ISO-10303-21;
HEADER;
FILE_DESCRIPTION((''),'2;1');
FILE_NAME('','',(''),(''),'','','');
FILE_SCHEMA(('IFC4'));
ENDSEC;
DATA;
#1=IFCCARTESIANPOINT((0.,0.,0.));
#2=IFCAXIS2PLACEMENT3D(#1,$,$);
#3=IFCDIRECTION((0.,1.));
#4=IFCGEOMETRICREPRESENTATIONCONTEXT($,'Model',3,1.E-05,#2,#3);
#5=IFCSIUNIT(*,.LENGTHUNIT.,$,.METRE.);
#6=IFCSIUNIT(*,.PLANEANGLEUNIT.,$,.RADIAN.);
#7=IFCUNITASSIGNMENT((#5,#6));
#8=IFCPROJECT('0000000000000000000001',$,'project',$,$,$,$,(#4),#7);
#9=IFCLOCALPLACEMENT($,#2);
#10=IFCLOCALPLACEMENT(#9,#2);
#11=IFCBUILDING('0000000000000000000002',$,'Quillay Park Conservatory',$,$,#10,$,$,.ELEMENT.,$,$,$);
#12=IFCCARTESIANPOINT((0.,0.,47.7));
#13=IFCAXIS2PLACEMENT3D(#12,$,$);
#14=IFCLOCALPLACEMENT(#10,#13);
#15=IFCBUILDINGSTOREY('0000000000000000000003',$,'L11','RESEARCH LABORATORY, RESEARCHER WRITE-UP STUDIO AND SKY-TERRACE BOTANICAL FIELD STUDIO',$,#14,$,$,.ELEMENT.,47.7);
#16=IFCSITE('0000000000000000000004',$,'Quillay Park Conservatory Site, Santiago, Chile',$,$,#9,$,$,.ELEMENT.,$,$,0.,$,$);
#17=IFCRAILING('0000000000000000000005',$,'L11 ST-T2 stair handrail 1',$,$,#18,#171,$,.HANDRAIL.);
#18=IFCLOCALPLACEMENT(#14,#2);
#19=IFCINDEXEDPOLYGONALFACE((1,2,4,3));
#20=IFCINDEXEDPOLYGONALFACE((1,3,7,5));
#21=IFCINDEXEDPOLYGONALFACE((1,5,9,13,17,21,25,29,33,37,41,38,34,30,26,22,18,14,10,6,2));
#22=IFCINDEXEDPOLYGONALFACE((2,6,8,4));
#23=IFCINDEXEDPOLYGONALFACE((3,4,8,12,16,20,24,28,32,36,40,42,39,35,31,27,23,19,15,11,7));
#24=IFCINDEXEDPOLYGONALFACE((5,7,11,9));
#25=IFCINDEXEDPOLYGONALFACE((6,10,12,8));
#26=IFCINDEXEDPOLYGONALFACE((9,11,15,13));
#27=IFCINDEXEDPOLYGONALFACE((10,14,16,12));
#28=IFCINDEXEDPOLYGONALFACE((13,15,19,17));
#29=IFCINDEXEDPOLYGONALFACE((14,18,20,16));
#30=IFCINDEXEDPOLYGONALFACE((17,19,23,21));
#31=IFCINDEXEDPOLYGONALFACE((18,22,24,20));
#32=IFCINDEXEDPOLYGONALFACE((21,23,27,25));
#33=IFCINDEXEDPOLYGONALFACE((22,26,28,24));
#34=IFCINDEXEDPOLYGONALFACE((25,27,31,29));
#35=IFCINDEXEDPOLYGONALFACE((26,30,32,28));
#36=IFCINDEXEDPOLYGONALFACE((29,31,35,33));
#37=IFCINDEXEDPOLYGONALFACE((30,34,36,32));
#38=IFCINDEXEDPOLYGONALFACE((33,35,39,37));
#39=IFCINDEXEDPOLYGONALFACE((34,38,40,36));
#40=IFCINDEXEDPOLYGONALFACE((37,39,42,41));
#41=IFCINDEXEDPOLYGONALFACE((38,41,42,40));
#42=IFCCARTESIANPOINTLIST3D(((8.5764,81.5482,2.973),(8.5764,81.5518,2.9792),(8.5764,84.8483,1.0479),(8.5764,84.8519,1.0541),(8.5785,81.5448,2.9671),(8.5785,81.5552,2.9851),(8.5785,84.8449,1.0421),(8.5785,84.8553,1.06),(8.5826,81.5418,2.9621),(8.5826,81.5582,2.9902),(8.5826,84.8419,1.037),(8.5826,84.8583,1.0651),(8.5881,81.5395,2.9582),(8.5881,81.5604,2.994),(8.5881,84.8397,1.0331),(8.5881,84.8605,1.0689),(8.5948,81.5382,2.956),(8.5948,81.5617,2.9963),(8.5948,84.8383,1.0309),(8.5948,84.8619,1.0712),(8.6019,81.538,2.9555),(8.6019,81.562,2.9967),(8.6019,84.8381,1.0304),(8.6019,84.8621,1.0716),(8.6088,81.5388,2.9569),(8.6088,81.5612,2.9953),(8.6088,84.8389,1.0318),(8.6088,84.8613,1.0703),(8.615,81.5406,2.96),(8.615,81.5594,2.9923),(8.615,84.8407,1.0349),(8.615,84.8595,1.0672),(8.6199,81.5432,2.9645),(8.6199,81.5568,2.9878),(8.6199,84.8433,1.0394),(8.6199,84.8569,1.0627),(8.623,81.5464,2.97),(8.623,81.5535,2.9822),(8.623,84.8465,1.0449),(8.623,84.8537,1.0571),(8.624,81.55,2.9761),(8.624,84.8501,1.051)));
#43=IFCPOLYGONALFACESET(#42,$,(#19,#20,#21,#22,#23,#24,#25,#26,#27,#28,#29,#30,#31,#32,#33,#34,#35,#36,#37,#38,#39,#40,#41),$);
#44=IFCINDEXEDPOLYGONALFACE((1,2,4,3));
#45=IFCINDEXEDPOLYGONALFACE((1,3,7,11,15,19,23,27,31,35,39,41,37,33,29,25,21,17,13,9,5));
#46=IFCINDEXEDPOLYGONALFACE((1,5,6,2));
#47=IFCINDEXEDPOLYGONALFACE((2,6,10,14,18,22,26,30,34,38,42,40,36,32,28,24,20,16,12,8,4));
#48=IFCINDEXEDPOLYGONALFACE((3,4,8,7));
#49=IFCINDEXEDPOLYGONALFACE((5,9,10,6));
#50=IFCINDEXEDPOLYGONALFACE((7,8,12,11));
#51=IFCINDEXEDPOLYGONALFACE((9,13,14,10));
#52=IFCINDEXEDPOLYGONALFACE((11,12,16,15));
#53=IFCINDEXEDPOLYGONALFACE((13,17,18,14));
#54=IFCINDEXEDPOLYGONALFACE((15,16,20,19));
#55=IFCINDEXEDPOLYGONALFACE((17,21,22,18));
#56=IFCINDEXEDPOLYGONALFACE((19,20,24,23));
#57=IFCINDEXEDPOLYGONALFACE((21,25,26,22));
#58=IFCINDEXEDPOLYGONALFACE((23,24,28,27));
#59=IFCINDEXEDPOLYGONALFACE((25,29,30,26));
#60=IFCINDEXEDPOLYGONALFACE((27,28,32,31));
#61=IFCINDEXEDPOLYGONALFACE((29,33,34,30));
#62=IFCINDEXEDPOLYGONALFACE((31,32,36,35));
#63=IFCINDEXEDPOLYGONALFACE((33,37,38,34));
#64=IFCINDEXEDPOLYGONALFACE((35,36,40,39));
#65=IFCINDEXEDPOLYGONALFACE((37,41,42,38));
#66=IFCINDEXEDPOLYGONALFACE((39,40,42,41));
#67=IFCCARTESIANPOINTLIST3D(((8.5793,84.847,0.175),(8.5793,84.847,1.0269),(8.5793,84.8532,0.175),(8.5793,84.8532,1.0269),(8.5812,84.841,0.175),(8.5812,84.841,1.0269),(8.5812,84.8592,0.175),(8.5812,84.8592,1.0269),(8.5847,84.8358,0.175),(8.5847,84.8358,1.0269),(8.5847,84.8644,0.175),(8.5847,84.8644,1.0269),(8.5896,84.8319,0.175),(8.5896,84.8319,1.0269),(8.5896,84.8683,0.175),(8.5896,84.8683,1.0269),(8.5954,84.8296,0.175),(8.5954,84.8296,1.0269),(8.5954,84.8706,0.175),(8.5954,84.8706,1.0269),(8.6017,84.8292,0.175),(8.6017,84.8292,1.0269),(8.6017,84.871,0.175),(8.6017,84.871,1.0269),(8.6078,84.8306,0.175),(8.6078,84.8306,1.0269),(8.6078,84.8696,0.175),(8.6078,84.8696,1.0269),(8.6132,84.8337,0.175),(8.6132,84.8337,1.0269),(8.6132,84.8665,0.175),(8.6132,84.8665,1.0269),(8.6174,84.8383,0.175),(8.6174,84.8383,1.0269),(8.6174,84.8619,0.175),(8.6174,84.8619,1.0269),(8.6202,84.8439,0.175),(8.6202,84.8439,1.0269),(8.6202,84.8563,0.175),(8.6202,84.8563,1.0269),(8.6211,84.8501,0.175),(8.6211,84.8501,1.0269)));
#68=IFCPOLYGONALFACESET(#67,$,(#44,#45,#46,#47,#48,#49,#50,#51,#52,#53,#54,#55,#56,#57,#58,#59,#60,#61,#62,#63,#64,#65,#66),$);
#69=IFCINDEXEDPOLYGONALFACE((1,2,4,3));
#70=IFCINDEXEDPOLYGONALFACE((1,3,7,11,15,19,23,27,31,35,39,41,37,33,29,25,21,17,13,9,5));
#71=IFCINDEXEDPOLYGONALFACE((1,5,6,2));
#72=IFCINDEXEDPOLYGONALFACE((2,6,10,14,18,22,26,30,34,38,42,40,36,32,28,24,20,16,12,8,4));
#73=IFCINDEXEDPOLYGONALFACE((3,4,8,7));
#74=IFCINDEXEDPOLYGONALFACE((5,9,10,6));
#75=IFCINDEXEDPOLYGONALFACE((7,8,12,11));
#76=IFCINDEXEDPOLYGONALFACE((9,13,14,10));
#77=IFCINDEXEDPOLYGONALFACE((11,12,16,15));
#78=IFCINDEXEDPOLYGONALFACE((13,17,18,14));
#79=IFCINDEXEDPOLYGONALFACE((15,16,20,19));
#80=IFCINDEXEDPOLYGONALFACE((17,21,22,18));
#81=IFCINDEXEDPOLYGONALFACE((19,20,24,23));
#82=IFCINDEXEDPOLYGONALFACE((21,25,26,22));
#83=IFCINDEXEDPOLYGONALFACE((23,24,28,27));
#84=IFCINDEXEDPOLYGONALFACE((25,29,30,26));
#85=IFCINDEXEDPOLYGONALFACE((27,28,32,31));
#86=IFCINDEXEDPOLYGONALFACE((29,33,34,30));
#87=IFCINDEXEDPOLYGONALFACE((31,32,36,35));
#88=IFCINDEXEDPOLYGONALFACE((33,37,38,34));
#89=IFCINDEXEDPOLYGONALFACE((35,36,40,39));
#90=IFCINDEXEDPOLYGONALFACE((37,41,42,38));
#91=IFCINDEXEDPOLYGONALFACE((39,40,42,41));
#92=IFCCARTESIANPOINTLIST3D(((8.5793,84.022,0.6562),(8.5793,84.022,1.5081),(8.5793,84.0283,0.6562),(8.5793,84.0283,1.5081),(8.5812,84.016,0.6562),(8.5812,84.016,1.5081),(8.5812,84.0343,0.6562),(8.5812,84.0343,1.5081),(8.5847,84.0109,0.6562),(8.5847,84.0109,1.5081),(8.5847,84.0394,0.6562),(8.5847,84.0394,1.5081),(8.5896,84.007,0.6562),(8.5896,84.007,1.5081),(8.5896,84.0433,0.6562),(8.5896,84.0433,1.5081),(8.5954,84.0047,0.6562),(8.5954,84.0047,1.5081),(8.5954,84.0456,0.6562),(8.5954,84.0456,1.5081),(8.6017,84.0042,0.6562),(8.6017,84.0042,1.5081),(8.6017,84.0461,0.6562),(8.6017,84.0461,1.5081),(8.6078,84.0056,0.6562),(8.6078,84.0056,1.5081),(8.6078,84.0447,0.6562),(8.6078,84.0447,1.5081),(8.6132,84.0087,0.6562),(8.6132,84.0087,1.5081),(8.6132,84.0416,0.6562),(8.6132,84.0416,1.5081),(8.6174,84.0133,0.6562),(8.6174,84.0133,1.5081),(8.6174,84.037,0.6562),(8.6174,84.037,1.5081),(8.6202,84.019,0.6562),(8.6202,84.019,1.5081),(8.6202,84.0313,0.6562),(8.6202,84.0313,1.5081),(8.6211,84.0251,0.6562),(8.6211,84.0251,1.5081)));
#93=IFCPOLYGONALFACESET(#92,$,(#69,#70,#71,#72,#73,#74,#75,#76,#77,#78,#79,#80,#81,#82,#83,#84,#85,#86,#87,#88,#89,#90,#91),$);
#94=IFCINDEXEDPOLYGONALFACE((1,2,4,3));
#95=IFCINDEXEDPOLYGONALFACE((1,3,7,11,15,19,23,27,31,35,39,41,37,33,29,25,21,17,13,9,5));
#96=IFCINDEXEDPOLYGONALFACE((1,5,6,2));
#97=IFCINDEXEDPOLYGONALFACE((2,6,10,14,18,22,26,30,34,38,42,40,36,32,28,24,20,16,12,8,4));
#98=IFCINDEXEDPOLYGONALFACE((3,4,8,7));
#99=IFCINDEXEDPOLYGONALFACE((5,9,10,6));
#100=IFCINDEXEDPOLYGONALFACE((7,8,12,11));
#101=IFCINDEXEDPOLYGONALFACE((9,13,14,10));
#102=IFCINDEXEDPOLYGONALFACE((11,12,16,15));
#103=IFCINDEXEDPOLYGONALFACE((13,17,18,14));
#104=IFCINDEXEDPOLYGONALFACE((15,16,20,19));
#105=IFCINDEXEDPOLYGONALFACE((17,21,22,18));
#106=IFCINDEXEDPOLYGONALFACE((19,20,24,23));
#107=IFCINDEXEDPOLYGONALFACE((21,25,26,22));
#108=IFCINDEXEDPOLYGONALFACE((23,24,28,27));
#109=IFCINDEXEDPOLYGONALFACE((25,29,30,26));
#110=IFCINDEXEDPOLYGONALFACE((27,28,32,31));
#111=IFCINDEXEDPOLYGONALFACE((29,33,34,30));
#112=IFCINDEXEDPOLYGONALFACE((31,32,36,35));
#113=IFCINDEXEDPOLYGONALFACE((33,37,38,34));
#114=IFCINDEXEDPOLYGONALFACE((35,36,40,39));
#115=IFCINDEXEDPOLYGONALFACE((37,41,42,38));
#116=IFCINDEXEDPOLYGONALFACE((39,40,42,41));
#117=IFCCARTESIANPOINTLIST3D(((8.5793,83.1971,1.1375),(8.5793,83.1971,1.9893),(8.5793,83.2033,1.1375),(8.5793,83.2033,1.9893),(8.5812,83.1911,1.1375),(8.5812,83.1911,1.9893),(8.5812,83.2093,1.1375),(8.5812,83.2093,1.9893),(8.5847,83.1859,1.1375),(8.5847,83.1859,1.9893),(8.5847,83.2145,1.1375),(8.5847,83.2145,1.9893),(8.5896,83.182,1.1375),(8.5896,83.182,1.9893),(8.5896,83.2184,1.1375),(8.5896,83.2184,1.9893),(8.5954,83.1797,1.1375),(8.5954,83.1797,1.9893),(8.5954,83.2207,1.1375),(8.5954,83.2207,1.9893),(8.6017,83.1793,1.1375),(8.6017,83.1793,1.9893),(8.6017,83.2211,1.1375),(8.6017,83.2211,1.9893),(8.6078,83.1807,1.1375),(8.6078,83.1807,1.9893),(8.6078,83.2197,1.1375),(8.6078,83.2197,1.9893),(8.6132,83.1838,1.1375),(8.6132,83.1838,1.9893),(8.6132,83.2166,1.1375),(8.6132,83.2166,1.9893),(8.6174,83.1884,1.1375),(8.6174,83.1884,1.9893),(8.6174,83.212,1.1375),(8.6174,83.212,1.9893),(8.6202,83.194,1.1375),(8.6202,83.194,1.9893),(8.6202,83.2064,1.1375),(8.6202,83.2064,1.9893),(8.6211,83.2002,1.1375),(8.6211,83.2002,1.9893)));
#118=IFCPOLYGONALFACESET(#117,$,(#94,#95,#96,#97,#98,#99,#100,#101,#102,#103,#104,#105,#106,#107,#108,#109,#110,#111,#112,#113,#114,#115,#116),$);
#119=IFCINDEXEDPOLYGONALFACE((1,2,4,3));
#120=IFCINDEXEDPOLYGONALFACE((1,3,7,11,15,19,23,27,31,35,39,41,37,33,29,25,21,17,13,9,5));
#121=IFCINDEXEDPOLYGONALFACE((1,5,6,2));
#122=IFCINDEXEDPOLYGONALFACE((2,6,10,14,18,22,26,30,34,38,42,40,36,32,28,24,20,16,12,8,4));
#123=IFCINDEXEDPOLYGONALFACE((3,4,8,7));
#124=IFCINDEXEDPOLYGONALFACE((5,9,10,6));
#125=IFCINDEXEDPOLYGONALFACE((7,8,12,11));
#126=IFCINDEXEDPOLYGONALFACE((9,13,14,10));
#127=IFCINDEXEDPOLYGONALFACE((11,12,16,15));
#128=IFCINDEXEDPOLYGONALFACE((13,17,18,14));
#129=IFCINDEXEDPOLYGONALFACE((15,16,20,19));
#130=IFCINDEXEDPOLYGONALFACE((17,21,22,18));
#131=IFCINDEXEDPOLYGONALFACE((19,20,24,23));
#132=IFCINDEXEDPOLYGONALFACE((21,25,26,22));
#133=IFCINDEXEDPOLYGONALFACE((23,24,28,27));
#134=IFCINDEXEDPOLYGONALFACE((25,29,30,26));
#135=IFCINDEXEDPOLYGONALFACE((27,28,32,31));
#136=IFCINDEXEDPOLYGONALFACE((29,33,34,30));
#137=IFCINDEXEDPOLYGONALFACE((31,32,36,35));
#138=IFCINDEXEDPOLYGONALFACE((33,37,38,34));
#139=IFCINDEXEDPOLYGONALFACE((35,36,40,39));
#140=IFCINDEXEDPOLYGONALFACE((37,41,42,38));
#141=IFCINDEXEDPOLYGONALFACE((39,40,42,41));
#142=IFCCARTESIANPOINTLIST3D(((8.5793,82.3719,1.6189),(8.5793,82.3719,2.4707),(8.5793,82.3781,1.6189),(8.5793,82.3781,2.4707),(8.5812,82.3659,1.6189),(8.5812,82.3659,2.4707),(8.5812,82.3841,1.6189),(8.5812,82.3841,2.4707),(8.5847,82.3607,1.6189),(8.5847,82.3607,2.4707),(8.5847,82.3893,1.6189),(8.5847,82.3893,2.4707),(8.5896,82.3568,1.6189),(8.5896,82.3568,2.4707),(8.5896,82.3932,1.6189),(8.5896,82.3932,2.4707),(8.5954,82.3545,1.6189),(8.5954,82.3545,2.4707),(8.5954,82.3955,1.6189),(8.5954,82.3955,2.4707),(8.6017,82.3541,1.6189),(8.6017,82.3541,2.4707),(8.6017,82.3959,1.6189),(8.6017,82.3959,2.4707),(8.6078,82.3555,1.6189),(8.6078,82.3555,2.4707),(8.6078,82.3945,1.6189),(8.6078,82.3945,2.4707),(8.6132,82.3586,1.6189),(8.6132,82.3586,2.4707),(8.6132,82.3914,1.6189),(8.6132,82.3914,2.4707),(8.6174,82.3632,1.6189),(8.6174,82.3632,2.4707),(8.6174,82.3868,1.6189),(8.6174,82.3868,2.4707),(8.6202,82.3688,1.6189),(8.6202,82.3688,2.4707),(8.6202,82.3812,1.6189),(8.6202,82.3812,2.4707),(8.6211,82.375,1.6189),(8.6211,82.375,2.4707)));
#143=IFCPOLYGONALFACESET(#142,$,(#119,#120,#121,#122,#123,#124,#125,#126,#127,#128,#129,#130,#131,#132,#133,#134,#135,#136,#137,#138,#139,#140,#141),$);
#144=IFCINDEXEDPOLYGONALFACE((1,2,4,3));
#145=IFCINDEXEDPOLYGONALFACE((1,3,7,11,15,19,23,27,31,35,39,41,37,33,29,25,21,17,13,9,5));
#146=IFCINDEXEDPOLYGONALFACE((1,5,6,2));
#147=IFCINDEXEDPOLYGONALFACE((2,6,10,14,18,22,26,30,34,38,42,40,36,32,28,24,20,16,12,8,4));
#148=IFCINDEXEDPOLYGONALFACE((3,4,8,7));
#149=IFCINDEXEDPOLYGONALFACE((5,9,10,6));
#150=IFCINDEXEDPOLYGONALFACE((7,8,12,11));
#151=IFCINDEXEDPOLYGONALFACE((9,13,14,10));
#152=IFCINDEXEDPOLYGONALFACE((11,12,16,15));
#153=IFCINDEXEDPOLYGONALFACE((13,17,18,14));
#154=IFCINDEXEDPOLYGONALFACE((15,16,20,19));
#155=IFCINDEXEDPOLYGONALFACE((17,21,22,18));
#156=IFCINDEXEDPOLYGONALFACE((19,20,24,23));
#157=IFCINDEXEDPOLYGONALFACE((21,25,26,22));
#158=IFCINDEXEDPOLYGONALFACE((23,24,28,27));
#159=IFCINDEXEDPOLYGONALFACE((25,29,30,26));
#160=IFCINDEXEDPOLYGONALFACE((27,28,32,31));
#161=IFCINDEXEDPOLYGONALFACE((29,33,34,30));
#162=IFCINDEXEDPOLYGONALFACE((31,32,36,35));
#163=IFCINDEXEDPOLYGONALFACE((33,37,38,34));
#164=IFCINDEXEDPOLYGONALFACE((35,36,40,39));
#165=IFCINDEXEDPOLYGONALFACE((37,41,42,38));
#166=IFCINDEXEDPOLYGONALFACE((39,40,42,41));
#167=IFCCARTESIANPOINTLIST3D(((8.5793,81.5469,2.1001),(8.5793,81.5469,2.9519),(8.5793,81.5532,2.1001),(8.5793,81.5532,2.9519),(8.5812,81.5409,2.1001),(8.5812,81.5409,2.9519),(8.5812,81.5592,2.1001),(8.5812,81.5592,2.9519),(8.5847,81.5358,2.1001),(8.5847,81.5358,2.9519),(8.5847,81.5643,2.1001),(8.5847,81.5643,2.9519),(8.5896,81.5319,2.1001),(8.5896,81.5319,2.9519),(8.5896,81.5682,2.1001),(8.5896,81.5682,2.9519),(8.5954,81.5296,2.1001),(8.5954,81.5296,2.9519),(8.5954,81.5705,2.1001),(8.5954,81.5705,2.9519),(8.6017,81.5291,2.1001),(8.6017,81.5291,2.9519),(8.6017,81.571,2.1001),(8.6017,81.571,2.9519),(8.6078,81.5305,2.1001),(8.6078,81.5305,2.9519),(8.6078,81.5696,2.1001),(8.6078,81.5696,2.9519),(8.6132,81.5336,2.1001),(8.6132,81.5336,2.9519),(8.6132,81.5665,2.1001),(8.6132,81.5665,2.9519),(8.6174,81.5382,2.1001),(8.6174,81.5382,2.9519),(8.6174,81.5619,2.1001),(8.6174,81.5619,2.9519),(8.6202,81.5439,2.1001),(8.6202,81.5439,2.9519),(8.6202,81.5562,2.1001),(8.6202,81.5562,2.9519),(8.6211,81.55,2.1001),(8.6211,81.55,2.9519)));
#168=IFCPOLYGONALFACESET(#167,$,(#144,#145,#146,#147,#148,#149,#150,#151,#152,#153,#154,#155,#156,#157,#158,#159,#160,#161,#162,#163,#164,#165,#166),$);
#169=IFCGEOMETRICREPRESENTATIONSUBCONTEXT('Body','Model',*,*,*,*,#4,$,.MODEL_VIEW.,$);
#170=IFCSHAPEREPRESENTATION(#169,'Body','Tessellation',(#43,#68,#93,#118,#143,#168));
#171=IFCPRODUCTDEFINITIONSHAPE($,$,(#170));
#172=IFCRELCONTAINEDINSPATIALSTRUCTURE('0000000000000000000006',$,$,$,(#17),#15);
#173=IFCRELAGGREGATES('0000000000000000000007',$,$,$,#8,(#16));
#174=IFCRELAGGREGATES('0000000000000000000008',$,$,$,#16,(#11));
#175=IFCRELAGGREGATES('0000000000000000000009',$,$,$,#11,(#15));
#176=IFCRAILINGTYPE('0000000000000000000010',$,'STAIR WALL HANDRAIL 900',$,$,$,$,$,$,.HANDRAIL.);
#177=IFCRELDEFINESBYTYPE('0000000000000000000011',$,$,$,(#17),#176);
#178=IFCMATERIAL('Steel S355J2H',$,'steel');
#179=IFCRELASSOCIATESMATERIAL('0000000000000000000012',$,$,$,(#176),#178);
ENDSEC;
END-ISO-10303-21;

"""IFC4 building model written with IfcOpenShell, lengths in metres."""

from ifc_helpers import new_model, si_unit, direction, frame, origin, origin_2d, place, context, subcontext, project, spatial, circle, extrude, material, type_object, element, save


model = new_model("IFC4")

# Units and contexts
model_context = context("Model", 3, precision=1e-05, world=origin(), true_north=direction((0.0, 1.0)))
body_context = subcontext(model_context, "Body", "Model", "MODEL_VIEW")
ifc_project = project(units=[si_unit("LENGTHUNIT", "METRE"), si_unit("PLANEANGLEUNIT", "RADIAN")], contexts=[model_context])

# Site, building, storey
site_placement = place(None, origin())
site = spatial("IfcSite", under=ifc_project, at=site_placement, Name="Quillay Park Conservatory Site, Santiago, Chile", CompositionType="ELEMENT", RefElevation=0.0)
building_placement = place(site_placement, origin())
building = spatial("IfcBuilding", under=site, at=building_placement, Name="Quillay Park Conservatory", CompositionType="ELEMENT")
storey_placement = place(building_placement, frame((0.0, 0.0, 47.7)))
storey = spatial("IfcBuildingStorey", under=building, at=storey_placement, Name="L11", Description="RESEARCH LABORATORY, RESEARCHER WRITE-UP STUDIO AND SKY-TERRACE BOTANICAL FIELD STUDIO", CompositionType="ELEMENT", Elevation=47.7)

# Railing
ifc_material_1 = material(Name="Steel S355J2H", Category="steel")
railing_type_1 = type_object("IfcRailingType", Name="STAIR WALL HANDRAIL 900", PredefinedType="HANDRAIL", material=ifc_material_1)
railing_1_placement = place(storey_placement, frame((8.6001, 84.8501, 0.175)))
element("IfcRailing", 1, at=railing_1_placement, inside=storey, type_object=railing_type_1, Name="L11 ST-T2 stair handrail 1", PredefinedType="HANDRAIL", context=body_context, shape_type="SweptSolid", body=[
    extrude(circle(Radius=0.0239, at=origin_2d()), frame((0.0, 0.0, 0.876), z_axis=(0.0, -0.863777, 0.503875), x_axis=(1.0, 0.0, 0.0)), (0.0, 0.0, 1.0), 3.8206),
    extrude(circle(Radius=0.021, at=origin_2d()), origin(), (0.0, 0.0, 1.0), 0.8518),
    extrude(circle(Radius=0.021, at=origin_2d()), frame((0.0, -0.825, 0.4812)), (0.0, 0.0, 1.0), 0.8518),
    extrude(circle(Radius=0.021, at=origin_2d()), frame((0.0, -1.6499, 0.9624)), (0.0, 0.0, 1.0), 0.8518),
    extrude(circle(Radius=0.021, at=origin_2d()), frame((0.0, -2.4751, 1.4438)), (0.0, 0.0, 1.0), 0.8518),
    extrude(circle(Radius=0.021, at=origin_2d()), frame((0.0, -3.3, 1.925)), (0.0, 0.0, 1.0), 0.8518),
])

save(model, "model.ifc")
